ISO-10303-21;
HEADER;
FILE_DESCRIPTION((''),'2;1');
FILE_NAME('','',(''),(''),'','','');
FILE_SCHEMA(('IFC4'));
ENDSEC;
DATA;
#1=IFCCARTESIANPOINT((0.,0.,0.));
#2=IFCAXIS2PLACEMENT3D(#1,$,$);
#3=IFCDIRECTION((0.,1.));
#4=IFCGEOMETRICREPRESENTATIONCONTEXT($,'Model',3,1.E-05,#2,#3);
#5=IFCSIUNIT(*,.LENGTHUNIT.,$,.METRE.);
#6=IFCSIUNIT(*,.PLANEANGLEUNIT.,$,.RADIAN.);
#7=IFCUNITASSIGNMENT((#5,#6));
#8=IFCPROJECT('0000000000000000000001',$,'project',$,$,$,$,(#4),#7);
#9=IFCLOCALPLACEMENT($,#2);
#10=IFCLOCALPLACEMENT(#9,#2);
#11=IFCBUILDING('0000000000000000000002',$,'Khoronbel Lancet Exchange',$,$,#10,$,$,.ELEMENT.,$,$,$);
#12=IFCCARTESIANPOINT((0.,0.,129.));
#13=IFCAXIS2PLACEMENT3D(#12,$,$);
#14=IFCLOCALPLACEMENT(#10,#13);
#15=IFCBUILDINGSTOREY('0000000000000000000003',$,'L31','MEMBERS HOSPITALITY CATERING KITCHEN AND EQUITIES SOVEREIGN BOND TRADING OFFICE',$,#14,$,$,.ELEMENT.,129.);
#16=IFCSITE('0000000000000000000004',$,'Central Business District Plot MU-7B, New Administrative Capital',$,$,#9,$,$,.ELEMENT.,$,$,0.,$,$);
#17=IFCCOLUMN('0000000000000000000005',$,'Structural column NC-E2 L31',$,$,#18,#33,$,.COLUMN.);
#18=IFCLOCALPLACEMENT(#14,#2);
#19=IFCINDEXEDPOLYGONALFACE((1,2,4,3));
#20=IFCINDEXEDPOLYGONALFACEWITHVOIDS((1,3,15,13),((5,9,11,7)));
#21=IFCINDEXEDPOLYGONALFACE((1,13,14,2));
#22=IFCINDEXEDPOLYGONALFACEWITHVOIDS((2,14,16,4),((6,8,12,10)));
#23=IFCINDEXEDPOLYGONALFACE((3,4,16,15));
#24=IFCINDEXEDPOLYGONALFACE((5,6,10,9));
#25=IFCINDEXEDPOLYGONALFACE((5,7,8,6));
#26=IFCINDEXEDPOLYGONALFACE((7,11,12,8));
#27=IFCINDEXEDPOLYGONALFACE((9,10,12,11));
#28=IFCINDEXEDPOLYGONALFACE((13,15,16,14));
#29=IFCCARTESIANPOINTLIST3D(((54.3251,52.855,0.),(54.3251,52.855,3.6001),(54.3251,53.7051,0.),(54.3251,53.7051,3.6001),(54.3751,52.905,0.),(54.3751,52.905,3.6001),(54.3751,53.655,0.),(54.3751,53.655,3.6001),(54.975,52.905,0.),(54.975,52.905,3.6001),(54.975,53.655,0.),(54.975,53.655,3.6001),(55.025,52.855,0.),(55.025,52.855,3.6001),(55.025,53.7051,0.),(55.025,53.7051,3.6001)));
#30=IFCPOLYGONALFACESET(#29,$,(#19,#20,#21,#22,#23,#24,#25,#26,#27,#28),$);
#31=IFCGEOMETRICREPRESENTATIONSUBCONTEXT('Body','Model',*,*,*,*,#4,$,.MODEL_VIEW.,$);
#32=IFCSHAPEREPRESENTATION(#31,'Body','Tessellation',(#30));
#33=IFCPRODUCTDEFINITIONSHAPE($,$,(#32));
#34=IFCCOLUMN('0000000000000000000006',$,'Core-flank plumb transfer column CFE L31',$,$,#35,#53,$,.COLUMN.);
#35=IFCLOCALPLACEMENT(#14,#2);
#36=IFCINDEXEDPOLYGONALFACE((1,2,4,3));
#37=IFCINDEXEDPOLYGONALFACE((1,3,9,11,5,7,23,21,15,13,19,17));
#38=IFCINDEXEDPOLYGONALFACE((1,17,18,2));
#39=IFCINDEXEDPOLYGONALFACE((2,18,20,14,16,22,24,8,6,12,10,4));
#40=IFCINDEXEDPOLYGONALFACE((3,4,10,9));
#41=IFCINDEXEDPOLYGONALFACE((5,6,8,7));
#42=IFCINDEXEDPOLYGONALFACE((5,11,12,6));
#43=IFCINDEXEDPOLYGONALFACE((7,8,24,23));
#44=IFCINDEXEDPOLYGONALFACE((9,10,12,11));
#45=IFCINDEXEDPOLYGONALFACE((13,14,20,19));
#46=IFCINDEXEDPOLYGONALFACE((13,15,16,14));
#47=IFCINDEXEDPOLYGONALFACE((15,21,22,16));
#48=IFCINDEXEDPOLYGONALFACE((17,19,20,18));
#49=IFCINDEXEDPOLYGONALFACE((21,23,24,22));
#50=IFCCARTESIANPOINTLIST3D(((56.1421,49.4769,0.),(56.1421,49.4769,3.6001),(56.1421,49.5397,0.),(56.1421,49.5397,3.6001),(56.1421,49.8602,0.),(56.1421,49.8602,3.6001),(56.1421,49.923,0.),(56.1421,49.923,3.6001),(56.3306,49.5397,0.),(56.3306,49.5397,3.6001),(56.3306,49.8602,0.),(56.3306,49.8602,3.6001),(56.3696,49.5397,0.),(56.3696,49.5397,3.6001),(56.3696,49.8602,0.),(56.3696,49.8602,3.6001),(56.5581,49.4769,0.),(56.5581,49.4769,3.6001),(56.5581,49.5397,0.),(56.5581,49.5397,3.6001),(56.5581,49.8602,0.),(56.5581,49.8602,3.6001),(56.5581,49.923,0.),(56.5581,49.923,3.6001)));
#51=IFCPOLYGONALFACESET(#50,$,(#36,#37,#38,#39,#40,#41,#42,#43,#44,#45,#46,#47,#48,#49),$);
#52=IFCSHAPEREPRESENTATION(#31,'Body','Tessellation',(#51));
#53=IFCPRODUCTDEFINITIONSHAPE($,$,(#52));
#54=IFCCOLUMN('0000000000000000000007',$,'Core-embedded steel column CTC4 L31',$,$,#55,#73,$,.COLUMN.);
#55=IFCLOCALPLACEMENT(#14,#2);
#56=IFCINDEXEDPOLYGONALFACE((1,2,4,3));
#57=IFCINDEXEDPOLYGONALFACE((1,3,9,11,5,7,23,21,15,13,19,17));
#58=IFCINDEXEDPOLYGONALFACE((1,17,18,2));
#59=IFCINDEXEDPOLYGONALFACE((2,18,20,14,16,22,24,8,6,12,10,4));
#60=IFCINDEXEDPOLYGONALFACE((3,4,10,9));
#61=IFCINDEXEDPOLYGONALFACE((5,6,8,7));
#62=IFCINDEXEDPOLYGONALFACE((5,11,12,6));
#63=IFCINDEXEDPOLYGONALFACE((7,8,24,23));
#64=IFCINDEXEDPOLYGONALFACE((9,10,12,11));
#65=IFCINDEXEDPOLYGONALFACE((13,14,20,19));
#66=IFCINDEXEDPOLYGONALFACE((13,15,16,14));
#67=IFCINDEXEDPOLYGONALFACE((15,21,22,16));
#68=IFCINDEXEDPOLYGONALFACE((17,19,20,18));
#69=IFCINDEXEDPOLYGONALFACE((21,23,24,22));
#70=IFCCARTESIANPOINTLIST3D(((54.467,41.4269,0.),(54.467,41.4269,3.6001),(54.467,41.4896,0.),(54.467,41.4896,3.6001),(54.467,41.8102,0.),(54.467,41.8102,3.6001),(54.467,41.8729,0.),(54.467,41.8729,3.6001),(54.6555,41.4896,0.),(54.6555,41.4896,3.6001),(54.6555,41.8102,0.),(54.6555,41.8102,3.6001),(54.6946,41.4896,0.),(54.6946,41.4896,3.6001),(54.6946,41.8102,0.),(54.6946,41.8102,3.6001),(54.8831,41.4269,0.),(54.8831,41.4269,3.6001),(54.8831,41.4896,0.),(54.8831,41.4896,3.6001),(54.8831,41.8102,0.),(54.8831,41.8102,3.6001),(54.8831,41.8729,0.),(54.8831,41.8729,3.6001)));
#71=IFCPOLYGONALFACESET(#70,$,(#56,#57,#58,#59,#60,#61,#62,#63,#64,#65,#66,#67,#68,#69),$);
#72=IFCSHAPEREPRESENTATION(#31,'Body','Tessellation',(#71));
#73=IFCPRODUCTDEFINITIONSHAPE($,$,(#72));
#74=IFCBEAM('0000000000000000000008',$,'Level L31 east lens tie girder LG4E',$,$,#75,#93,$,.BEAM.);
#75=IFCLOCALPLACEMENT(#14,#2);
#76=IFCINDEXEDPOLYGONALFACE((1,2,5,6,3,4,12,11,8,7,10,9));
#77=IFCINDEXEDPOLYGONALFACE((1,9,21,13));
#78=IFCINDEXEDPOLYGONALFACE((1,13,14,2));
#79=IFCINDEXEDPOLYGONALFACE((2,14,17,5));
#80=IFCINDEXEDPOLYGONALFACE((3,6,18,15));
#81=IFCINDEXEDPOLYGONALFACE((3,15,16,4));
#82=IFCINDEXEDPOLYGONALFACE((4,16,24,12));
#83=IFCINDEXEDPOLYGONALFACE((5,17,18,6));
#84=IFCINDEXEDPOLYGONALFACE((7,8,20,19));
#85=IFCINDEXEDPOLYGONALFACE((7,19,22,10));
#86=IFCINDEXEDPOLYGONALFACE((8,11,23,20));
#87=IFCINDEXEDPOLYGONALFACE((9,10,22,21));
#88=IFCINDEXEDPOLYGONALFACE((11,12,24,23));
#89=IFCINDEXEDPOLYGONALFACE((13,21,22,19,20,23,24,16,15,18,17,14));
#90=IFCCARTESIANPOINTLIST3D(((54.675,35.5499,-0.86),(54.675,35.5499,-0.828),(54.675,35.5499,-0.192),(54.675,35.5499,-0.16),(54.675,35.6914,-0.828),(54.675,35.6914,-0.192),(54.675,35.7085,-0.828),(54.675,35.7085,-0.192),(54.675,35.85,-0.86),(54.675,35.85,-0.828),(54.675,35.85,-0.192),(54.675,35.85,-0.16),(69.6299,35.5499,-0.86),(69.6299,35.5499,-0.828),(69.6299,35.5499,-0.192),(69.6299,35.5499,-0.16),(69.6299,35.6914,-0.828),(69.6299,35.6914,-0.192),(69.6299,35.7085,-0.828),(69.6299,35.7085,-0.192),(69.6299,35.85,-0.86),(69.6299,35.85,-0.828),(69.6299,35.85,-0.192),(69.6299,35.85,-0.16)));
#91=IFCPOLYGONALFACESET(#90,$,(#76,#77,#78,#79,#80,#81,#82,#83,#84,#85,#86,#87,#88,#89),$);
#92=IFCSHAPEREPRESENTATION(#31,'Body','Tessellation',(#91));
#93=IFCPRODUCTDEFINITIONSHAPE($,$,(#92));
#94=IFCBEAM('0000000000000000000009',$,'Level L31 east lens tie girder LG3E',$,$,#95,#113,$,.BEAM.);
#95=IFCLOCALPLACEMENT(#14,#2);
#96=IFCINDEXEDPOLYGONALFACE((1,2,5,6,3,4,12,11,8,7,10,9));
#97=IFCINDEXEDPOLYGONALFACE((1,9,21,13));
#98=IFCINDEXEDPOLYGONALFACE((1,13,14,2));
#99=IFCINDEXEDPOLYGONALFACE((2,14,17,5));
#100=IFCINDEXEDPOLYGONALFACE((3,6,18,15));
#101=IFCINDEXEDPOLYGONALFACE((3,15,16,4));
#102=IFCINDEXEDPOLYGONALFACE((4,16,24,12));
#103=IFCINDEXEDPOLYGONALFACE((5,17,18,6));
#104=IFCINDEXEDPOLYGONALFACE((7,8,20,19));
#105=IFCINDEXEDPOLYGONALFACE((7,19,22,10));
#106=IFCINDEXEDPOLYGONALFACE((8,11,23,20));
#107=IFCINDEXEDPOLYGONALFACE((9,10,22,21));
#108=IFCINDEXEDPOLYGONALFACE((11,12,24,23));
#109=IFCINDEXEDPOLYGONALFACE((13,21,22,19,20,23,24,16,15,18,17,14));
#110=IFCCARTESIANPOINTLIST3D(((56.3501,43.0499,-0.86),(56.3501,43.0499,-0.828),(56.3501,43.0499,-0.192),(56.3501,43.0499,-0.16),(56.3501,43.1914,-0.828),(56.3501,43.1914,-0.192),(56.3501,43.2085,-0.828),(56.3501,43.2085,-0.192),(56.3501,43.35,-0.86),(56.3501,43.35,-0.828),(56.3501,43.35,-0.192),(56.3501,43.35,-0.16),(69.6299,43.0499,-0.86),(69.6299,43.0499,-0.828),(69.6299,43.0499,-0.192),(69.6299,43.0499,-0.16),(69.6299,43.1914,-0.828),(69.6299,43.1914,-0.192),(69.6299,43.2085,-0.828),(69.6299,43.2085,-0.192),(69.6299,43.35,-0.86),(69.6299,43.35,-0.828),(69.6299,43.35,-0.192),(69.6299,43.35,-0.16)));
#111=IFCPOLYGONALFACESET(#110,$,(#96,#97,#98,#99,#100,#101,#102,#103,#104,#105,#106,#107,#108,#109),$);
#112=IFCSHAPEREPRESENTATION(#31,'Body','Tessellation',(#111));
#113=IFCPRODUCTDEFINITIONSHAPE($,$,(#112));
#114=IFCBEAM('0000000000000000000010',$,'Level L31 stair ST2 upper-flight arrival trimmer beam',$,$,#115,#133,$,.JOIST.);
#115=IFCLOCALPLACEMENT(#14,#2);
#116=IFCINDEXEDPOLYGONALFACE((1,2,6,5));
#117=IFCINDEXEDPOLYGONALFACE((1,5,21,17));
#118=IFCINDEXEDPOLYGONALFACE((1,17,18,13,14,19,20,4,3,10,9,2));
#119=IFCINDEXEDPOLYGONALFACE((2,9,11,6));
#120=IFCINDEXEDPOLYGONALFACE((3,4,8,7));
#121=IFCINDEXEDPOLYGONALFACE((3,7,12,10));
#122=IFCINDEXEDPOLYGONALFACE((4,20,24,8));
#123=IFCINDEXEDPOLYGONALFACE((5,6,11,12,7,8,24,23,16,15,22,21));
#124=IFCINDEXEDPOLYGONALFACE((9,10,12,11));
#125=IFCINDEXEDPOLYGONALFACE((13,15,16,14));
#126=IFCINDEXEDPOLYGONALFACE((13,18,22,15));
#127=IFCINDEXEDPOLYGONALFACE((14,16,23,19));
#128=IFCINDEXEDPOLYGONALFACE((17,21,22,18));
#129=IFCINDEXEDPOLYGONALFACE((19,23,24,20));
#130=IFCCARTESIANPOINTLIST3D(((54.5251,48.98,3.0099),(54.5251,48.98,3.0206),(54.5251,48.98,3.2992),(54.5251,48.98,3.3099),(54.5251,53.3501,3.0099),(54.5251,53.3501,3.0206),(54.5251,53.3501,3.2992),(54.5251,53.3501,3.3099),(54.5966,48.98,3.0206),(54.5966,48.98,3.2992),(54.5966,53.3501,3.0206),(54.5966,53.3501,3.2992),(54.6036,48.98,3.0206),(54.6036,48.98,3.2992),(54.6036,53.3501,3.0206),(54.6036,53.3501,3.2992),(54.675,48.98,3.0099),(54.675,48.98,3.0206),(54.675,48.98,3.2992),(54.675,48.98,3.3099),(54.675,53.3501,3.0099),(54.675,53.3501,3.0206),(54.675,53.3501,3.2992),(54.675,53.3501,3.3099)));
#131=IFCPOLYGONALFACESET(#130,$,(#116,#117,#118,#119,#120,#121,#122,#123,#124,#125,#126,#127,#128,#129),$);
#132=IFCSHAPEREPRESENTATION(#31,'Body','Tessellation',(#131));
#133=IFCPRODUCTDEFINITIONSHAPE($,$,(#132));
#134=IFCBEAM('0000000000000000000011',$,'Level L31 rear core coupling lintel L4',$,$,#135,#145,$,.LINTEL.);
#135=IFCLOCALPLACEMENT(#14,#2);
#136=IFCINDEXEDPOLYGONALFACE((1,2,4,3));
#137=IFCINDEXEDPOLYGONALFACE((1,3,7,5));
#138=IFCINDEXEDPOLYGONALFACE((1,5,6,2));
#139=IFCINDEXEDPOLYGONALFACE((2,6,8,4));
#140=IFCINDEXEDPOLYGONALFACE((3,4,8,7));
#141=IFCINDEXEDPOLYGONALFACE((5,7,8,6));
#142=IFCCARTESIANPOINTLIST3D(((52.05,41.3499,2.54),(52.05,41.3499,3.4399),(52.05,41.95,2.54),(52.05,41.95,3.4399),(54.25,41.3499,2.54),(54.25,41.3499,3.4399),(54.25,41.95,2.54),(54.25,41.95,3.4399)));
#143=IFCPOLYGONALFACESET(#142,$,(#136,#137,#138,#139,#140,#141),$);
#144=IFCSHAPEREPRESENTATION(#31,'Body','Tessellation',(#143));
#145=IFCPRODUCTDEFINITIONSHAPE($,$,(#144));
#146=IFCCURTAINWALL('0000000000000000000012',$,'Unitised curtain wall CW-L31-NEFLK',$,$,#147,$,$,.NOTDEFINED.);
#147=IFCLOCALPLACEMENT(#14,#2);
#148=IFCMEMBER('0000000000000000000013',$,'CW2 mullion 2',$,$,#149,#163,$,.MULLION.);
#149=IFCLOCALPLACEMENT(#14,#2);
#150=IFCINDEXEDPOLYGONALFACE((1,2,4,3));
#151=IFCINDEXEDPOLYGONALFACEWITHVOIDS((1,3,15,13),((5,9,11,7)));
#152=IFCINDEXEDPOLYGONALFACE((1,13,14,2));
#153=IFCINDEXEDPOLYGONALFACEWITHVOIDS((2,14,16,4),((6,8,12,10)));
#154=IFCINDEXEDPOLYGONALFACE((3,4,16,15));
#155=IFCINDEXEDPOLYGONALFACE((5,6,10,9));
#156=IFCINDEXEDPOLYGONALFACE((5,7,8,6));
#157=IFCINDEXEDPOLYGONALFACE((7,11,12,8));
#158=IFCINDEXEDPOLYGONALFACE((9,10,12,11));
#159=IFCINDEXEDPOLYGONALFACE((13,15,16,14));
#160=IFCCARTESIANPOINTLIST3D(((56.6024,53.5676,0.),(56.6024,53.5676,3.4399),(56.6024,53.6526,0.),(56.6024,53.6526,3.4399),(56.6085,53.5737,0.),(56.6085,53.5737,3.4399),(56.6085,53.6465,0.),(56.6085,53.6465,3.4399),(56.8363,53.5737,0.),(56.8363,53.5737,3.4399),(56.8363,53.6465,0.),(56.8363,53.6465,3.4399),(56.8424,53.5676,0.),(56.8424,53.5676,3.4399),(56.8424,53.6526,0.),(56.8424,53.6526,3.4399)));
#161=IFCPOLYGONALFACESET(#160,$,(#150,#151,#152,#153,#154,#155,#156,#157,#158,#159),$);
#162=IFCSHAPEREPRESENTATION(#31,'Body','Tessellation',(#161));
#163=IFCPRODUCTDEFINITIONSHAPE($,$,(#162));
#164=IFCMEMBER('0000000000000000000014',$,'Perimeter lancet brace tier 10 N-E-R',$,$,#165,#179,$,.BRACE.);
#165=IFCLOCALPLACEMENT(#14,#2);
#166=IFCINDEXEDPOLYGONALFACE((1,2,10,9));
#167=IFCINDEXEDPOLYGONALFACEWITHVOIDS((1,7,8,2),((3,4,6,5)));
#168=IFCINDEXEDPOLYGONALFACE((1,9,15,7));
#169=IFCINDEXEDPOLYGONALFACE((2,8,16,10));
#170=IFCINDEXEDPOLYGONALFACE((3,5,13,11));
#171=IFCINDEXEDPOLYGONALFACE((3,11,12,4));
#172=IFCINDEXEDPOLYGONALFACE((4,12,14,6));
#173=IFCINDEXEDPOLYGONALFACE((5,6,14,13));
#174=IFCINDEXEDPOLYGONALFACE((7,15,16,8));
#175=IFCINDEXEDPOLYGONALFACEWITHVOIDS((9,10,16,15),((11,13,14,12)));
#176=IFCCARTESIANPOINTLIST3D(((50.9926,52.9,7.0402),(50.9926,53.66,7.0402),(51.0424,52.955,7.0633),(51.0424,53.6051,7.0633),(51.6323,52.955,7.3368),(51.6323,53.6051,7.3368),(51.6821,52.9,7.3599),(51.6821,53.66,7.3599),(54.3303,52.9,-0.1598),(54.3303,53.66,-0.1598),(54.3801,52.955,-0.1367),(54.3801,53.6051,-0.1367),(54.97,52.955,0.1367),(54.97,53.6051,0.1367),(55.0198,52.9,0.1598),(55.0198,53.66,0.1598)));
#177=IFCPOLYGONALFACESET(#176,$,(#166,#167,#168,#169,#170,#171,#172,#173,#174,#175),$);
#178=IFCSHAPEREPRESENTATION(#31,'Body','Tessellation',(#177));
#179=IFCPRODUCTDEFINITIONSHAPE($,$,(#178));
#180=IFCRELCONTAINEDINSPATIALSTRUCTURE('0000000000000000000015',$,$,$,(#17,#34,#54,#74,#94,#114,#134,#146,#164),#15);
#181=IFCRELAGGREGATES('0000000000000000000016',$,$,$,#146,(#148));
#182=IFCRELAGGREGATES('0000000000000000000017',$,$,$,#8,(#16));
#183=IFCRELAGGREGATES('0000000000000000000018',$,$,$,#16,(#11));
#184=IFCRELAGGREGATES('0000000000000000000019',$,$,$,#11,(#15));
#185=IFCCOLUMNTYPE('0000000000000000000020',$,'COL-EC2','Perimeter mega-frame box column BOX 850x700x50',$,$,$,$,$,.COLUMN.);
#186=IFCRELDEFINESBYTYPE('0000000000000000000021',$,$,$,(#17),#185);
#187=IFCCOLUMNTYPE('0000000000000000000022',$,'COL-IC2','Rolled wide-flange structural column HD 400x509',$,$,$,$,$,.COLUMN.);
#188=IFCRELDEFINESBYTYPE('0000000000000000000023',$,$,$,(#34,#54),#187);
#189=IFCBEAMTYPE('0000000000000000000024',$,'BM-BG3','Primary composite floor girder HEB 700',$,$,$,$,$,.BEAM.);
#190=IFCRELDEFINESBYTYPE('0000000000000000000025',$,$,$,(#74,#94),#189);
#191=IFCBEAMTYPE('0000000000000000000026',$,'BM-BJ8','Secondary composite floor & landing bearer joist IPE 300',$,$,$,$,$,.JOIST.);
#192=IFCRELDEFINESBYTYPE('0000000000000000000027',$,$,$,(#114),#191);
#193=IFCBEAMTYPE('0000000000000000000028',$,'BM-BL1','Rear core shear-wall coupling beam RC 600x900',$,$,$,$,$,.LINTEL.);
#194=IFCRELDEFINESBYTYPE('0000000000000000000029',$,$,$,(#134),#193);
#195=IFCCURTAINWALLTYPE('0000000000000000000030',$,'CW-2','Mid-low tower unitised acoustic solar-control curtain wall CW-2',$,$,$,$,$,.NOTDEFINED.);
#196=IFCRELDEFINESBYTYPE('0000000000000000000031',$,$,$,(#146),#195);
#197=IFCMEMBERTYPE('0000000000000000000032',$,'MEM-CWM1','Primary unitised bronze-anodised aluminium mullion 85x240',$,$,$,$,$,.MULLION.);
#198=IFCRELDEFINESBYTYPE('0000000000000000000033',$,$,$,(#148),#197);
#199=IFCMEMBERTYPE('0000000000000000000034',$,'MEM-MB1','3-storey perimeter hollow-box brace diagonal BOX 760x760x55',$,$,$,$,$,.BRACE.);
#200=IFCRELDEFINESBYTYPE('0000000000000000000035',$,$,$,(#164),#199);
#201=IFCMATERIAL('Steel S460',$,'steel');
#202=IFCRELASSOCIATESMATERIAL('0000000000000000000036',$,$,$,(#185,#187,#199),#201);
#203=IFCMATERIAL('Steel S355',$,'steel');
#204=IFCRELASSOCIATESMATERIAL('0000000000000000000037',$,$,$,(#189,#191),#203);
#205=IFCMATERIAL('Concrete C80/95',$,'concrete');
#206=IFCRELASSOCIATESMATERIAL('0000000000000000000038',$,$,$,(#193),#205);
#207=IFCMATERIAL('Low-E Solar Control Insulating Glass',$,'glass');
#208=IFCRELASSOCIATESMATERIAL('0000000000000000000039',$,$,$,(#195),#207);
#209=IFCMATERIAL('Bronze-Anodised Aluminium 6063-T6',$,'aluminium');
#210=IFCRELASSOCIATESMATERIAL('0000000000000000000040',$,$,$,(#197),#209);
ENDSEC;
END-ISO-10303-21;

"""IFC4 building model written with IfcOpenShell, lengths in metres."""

from ifc_helpers import new_model, si_unit, direction, frame, origin, origin_2d, place, context, subcontext, project, spatial, rectangle, hollow_rectangle, i_section, extrude, material, material_profile, profile_set, type_object, element, aggregate, save


model = new_model("IFC4")

# Units and contexts
model_context = context("Model", 3, precision=1e-05, world=origin(), true_north=direction((0.0, 1.0)))
body_context = subcontext(model_context, "Body", "Model", "MODEL_VIEW")
ifc_project = project(units=[si_unit("LENGTHUNIT", "METRE"), si_unit("PLANEANGLEUNIT", "RADIAN")], contexts=[model_context])

# Site, building, storey
site_placement = place(None, origin())
site = spatial("IfcSite", under=ifc_project, at=site_placement, Name="Central Business District Plot MU-7B, New Administrative Capital", CompositionType="ELEMENT", RefElevation=0.0)
building_placement = place(site_placement, origin())
building = spatial("IfcBuilding", under=site, at=building_placement, Name="Khoronbel Lancet Exchange", CompositionType="ELEMENT")
storey_placement = place(building_placement, frame((0.0, 0.0, 129.0)))
storey = spatial("IfcBuildingStorey", under=building, at=storey_placement, Name="L31", Description="MEMBERS HOSPITALITY CATERING KITCHEN AND EQUITIES SOVEREIGN BOND TRADING OFFICE", CompositionType="ELEMENT", Elevation=129.0)

# Columns
ifc_material_1 = material(Name="Steel S460", Category="steel")
ifc_material_profile_1 = material_profile(ifc_material_1, hollow_rectangle(XDim=0.7, YDim=0.8501, WallThickness=0.05, at=origin_2d()), Name="BOX 850x700x50")
ifc_profile_set_1 = profile_set([ifc_material_profile_1], Name="Steel S460")
column_type_1 = type_object("IfcColumnType", Name="COL-EC2", Description="Perimeter mega-frame box column BOX 850x700x50", PredefinedType="COLUMN", material=ifc_profile_set_1)
column_placement = place(storey_placement, frame((54.675, 53.28, 0.0), z_axis=(0.0, 0.0, 1.0), x_axis=(1.0, 0.0, 0.0)))
element("IfcColumn", 1, at=column_placement, inside=storey, type_object=column_type_1, Name="Structural column NC-E2 L31", PredefinedType="COLUMN", context=body_context, shape_type="SweptSolid", body=[
    extrude(hollow_rectangle(XDim=0.7, YDim=0.8501, WallThickness=0.05, at=origin_2d()), origin(), (0.0, 0.0, 1.0), 3.6001),
])
ifc_material_profile_2 = material_profile(ifc_material_1, i_section(OverallWidth=0.416, OverallDepth=0.446, WebThickness=0.0391, FlangeThickness=0.0627, at=origin_2d()), Name="HD 400x509")
ifc_profile_set_2 = profile_set([ifc_material_profile_2], Name="Steel S460")
column_type_2 = type_object("IfcColumnType", Name="COL-IC2", Description="Rolled wide-flange structural column HD 400x509", PredefinedType="COLUMN", material=ifc_profile_set_2)
for number, where, z_axis, x_axis, name in (
    (2, (56.3501, 49.7, 0.0), (0.0, 0.0, 1.0), (1.0, 0.0, 0.0), "Core-flank plumb transfer column CFE L31"),
    (3, (54.675, 41.6499, 0.0), (0.0, 0.0, 1.0), (1.0, 0.0, 0.0), "Core-embedded steel column CTC4 L31"),
):
    element("IfcColumn", number, at=place(storey_placement, frame(where, z_axis=z_axis, x_axis=x_axis)), inside=storey, type_object=column_type_2, Name=name, PredefinedType="COLUMN", context=body_context, shape_type="SweptSolid", body=[
        extrude(i_section(OverallWidth=0.416, OverallDepth=0.446, WebThickness=0.0391, FlangeThickness=0.0627, at=origin_2d()), origin(), (0.0, 0.0, 1.0), 3.6001),
    ])

# Beams
ifc_material_2 = material(Name="Steel S355", Category="steel")
ifc_material_profile_3 = material_profile(ifc_material_2, i_section(OverallWidth=0.3, OverallDepth=0.7, WebThickness=0.0171, FlangeThickness=0.032, at=origin_2d()), Name="HEB 700")
ifc_profile_set_3 = profile_set([ifc_material_profile_3], Name="Steel S355")
beam_type_1 = type_object("IfcBeamType", Name="BM-BG3", Description="Primary composite floor girder HEB 700", PredefinedType="BEAM", material=ifc_profile_set_3)
beam_1_placement = place(storey_placement, frame((54.675, 35.7, -0.51), z_axis=(1.0, 0.0, 0.0), x_axis=(0.0, 1.0, 0.0)))
element("IfcBeam", 4, at=beam_1_placement, inside=storey, type_object=beam_type_1, Name="Level L31 east lens tie girder LG4E", PredefinedType="BEAM", context=body_context, shape_type="SweptSolid", body=[
    extrude(i_section(OverallWidth=0.3, OverallDepth=0.7, WebThickness=0.0171, FlangeThickness=0.032, at=origin_2d()), origin(), (0.0, 0.0, 1.0), 14.9548),
])
beam_2_placement = place(storey_placement, frame((56.3501, 43.2, -0.51), z_axis=(1.0, 0.0, 0.0), x_axis=(0.0, 1.0, 0.0)))
element("IfcBeam", 5, at=beam_2_placement, inside=storey, type_object=beam_type_1, Name="Level L31 east lens tie girder LG3E", PredefinedType="BEAM", context=body_context, shape_type="SweptSolid", body=[
    extrude(i_section(OverallWidth=0.3, OverallDepth=0.7, WebThickness=0.0171, FlangeThickness=0.032, at=origin_2d()), origin(), (0.0, 0.0, 1.0), 13.2798),
])
ifc_material_profile_4 = material_profile(ifc_material_2, i_section(OverallWidth=0.1499, OverallDepth=0.3, WebThickness=0.0071, FlangeThickness=0.0107, at=origin_2d()), Name="IPE 300")
ifc_profile_set_4 = profile_set([ifc_material_profile_4], Name="Steel S355")
beam_type_2 = type_object("IfcBeamType", Name="BM-BJ8", Description="Secondary composite floor & landing bearer joist IPE 300", PredefinedType="JOIST", material=ifc_profile_set_4)
beam_3_placement = place(storey_placement, frame((54.6001, 48.98, 3.1599), z_axis=(0.0, 1.0, 0.0), x_axis=(-1.0, 0.0, 0.0)))
element("IfcBeam", 6, at=beam_3_placement, inside=storey, type_object=beam_type_2, Name="Level L31 stair ST2 upper-flight arrival trimmer beam", PredefinedType="JOIST", context=body_context, shape_type="SweptSolid", body=[
    extrude(i_section(OverallWidth=0.1499, OverallDepth=0.3, WebThickness=0.0071, FlangeThickness=0.0107, at=origin_2d()), origin(), (0.0, 0.0, 1.0), 4.3701),
])
ifc_material_3 = material(Name="Concrete C80/95", Category="concrete")
ifc_material_profile_5 = material_profile(ifc_material_3, rectangle(XDim=0.6001, YDim=0.8999, at=origin_2d()), Name="RC 600x900")
ifc_profile_set_5 = profile_set([ifc_material_profile_5], Name="Concrete C80/95")
beam_type_3 = type_object("IfcBeamType", Name="BM-BL1", Description="Rear core shear-wall coupling beam RC 600x900", PredefinedType="LINTEL", material=ifc_profile_set_5)
beam_4_placement = place(storey_placement, frame((52.05, 41.6499, 2.99), z_axis=(1.0, 0.0, 0.0), x_axis=(0.0, 1.0, 0.0)))
element("IfcBeam", 7, at=beam_4_placement, inside=storey, type_object=beam_type_3, Name="Level L31 rear core coupling lintel L4", PredefinedType="LINTEL", context=body_context, shape_type="SweptSolid", body=[
    extrude(rectangle(XDim=0.6001, YDim=0.8999, at=origin_2d()), origin(), (0.0, 0.0, 1.0), 2.2),
])

# Curtain wall, member
ifc_material_4 = material(Name="Low-E Solar Control Insulating Glass", Category="glass")
curtain_wall_type = type_object("IfcCurtainWallType", Name="CW-2", Description="Mid-low tower unitised acoustic solar-control curtain wall CW-2", PredefinedType="NOTDEFINED", material=ifc_material_4)
curtain_wall_placement = place(storey_placement, origin())
curtain_wall = element("IfcCurtainWall", 8, at=curtain_wall_placement, inside=storey, type_object=curtain_wall_type, Name="Unitised curtain wall CW-L31-NEFLK", PredefinedType="NOTDEFINED")
ifc_material_5 = material(Name="Bronze-Anodised Aluminium 6063-T6", Category="aluminium")
ifc_material_profile_6 = material_profile(ifc_material_5, hollow_rectangle(XDim=0.085, YDim=0.24, WallThickness=0.0061, at=origin_2d()), Name="ALU MULLION 85x240")
ifc_profile_set_6 = profile_set([ifc_material_profile_6], Name="Bronze-Anodised Aluminium 6063-T6")
member_type_1 = type_object("IfcMemberType", Name="MEM-CWM1", Description="Primary unitised bronze-anodised aluminium mullion 85x240", PredefinedType="MULLION", material=ifc_profile_set_6)
member_1_placement = place(storey_placement, frame((56.7224, 53.6101, 0.0), z_axis=(0.0, 0.0, 1.0), x_axis=(0.0, -1.0, 0.0)))
member_1 = element("IfcMember", 9, at=member_1_placement, type_object=member_type_1, Name="CW2 mullion 2", PredefinedType="MULLION", context=body_context, shape_type="SweptSolid", body=[
    extrude(hollow_rectangle(XDim=0.085, YDim=0.24, WallThickness=0.0061, at=origin_2d()), origin(), (0.0, 0.0, 1.0), 3.4399),
])
aggregate(curtain_wall, [member_1])

# Member
ifc_material_profile_7 = material_profile(ifc_material_1, hollow_rectangle(XDim=0.76, YDim=0.76, WallThickness=0.0549, at=origin_2d()), Name="BOX 760x760x55")
ifc_profile_set_7 = profile_set([ifc_material_profile_7], Name="Steel S460")
member_type_2 = type_object("IfcMemberType", Name="MEM-MB1", Description="3-storey perimeter hollow-box brace diagonal BOX 760x760x55", PredefinedType="BRACE", material=ifc_profile_set_7)
member_2_placement = place(storey_placement, frame((54.675, 53.28, 0.0), z_axis=(-0.420573, 0.0, 0.907259), x_axis=(0.0, -1.0, 0.0)))
element("IfcMember", 10, at=member_2_placement, inside=storey, type_object=member_type_2, Name="Perimeter lancet brace tier 10 N-E-R", PredefinedType="BRACE", context=body_context, shape_type="SweptSolid", body=[
    extrude(hollow_rectangle(XDim=0.76, YDim=0.76, WallThickness=0.0549, at=origin_2d()), origin(), (0.0, 0.0, 1.0), 7.936),
])

save(model, "model.ifc")
